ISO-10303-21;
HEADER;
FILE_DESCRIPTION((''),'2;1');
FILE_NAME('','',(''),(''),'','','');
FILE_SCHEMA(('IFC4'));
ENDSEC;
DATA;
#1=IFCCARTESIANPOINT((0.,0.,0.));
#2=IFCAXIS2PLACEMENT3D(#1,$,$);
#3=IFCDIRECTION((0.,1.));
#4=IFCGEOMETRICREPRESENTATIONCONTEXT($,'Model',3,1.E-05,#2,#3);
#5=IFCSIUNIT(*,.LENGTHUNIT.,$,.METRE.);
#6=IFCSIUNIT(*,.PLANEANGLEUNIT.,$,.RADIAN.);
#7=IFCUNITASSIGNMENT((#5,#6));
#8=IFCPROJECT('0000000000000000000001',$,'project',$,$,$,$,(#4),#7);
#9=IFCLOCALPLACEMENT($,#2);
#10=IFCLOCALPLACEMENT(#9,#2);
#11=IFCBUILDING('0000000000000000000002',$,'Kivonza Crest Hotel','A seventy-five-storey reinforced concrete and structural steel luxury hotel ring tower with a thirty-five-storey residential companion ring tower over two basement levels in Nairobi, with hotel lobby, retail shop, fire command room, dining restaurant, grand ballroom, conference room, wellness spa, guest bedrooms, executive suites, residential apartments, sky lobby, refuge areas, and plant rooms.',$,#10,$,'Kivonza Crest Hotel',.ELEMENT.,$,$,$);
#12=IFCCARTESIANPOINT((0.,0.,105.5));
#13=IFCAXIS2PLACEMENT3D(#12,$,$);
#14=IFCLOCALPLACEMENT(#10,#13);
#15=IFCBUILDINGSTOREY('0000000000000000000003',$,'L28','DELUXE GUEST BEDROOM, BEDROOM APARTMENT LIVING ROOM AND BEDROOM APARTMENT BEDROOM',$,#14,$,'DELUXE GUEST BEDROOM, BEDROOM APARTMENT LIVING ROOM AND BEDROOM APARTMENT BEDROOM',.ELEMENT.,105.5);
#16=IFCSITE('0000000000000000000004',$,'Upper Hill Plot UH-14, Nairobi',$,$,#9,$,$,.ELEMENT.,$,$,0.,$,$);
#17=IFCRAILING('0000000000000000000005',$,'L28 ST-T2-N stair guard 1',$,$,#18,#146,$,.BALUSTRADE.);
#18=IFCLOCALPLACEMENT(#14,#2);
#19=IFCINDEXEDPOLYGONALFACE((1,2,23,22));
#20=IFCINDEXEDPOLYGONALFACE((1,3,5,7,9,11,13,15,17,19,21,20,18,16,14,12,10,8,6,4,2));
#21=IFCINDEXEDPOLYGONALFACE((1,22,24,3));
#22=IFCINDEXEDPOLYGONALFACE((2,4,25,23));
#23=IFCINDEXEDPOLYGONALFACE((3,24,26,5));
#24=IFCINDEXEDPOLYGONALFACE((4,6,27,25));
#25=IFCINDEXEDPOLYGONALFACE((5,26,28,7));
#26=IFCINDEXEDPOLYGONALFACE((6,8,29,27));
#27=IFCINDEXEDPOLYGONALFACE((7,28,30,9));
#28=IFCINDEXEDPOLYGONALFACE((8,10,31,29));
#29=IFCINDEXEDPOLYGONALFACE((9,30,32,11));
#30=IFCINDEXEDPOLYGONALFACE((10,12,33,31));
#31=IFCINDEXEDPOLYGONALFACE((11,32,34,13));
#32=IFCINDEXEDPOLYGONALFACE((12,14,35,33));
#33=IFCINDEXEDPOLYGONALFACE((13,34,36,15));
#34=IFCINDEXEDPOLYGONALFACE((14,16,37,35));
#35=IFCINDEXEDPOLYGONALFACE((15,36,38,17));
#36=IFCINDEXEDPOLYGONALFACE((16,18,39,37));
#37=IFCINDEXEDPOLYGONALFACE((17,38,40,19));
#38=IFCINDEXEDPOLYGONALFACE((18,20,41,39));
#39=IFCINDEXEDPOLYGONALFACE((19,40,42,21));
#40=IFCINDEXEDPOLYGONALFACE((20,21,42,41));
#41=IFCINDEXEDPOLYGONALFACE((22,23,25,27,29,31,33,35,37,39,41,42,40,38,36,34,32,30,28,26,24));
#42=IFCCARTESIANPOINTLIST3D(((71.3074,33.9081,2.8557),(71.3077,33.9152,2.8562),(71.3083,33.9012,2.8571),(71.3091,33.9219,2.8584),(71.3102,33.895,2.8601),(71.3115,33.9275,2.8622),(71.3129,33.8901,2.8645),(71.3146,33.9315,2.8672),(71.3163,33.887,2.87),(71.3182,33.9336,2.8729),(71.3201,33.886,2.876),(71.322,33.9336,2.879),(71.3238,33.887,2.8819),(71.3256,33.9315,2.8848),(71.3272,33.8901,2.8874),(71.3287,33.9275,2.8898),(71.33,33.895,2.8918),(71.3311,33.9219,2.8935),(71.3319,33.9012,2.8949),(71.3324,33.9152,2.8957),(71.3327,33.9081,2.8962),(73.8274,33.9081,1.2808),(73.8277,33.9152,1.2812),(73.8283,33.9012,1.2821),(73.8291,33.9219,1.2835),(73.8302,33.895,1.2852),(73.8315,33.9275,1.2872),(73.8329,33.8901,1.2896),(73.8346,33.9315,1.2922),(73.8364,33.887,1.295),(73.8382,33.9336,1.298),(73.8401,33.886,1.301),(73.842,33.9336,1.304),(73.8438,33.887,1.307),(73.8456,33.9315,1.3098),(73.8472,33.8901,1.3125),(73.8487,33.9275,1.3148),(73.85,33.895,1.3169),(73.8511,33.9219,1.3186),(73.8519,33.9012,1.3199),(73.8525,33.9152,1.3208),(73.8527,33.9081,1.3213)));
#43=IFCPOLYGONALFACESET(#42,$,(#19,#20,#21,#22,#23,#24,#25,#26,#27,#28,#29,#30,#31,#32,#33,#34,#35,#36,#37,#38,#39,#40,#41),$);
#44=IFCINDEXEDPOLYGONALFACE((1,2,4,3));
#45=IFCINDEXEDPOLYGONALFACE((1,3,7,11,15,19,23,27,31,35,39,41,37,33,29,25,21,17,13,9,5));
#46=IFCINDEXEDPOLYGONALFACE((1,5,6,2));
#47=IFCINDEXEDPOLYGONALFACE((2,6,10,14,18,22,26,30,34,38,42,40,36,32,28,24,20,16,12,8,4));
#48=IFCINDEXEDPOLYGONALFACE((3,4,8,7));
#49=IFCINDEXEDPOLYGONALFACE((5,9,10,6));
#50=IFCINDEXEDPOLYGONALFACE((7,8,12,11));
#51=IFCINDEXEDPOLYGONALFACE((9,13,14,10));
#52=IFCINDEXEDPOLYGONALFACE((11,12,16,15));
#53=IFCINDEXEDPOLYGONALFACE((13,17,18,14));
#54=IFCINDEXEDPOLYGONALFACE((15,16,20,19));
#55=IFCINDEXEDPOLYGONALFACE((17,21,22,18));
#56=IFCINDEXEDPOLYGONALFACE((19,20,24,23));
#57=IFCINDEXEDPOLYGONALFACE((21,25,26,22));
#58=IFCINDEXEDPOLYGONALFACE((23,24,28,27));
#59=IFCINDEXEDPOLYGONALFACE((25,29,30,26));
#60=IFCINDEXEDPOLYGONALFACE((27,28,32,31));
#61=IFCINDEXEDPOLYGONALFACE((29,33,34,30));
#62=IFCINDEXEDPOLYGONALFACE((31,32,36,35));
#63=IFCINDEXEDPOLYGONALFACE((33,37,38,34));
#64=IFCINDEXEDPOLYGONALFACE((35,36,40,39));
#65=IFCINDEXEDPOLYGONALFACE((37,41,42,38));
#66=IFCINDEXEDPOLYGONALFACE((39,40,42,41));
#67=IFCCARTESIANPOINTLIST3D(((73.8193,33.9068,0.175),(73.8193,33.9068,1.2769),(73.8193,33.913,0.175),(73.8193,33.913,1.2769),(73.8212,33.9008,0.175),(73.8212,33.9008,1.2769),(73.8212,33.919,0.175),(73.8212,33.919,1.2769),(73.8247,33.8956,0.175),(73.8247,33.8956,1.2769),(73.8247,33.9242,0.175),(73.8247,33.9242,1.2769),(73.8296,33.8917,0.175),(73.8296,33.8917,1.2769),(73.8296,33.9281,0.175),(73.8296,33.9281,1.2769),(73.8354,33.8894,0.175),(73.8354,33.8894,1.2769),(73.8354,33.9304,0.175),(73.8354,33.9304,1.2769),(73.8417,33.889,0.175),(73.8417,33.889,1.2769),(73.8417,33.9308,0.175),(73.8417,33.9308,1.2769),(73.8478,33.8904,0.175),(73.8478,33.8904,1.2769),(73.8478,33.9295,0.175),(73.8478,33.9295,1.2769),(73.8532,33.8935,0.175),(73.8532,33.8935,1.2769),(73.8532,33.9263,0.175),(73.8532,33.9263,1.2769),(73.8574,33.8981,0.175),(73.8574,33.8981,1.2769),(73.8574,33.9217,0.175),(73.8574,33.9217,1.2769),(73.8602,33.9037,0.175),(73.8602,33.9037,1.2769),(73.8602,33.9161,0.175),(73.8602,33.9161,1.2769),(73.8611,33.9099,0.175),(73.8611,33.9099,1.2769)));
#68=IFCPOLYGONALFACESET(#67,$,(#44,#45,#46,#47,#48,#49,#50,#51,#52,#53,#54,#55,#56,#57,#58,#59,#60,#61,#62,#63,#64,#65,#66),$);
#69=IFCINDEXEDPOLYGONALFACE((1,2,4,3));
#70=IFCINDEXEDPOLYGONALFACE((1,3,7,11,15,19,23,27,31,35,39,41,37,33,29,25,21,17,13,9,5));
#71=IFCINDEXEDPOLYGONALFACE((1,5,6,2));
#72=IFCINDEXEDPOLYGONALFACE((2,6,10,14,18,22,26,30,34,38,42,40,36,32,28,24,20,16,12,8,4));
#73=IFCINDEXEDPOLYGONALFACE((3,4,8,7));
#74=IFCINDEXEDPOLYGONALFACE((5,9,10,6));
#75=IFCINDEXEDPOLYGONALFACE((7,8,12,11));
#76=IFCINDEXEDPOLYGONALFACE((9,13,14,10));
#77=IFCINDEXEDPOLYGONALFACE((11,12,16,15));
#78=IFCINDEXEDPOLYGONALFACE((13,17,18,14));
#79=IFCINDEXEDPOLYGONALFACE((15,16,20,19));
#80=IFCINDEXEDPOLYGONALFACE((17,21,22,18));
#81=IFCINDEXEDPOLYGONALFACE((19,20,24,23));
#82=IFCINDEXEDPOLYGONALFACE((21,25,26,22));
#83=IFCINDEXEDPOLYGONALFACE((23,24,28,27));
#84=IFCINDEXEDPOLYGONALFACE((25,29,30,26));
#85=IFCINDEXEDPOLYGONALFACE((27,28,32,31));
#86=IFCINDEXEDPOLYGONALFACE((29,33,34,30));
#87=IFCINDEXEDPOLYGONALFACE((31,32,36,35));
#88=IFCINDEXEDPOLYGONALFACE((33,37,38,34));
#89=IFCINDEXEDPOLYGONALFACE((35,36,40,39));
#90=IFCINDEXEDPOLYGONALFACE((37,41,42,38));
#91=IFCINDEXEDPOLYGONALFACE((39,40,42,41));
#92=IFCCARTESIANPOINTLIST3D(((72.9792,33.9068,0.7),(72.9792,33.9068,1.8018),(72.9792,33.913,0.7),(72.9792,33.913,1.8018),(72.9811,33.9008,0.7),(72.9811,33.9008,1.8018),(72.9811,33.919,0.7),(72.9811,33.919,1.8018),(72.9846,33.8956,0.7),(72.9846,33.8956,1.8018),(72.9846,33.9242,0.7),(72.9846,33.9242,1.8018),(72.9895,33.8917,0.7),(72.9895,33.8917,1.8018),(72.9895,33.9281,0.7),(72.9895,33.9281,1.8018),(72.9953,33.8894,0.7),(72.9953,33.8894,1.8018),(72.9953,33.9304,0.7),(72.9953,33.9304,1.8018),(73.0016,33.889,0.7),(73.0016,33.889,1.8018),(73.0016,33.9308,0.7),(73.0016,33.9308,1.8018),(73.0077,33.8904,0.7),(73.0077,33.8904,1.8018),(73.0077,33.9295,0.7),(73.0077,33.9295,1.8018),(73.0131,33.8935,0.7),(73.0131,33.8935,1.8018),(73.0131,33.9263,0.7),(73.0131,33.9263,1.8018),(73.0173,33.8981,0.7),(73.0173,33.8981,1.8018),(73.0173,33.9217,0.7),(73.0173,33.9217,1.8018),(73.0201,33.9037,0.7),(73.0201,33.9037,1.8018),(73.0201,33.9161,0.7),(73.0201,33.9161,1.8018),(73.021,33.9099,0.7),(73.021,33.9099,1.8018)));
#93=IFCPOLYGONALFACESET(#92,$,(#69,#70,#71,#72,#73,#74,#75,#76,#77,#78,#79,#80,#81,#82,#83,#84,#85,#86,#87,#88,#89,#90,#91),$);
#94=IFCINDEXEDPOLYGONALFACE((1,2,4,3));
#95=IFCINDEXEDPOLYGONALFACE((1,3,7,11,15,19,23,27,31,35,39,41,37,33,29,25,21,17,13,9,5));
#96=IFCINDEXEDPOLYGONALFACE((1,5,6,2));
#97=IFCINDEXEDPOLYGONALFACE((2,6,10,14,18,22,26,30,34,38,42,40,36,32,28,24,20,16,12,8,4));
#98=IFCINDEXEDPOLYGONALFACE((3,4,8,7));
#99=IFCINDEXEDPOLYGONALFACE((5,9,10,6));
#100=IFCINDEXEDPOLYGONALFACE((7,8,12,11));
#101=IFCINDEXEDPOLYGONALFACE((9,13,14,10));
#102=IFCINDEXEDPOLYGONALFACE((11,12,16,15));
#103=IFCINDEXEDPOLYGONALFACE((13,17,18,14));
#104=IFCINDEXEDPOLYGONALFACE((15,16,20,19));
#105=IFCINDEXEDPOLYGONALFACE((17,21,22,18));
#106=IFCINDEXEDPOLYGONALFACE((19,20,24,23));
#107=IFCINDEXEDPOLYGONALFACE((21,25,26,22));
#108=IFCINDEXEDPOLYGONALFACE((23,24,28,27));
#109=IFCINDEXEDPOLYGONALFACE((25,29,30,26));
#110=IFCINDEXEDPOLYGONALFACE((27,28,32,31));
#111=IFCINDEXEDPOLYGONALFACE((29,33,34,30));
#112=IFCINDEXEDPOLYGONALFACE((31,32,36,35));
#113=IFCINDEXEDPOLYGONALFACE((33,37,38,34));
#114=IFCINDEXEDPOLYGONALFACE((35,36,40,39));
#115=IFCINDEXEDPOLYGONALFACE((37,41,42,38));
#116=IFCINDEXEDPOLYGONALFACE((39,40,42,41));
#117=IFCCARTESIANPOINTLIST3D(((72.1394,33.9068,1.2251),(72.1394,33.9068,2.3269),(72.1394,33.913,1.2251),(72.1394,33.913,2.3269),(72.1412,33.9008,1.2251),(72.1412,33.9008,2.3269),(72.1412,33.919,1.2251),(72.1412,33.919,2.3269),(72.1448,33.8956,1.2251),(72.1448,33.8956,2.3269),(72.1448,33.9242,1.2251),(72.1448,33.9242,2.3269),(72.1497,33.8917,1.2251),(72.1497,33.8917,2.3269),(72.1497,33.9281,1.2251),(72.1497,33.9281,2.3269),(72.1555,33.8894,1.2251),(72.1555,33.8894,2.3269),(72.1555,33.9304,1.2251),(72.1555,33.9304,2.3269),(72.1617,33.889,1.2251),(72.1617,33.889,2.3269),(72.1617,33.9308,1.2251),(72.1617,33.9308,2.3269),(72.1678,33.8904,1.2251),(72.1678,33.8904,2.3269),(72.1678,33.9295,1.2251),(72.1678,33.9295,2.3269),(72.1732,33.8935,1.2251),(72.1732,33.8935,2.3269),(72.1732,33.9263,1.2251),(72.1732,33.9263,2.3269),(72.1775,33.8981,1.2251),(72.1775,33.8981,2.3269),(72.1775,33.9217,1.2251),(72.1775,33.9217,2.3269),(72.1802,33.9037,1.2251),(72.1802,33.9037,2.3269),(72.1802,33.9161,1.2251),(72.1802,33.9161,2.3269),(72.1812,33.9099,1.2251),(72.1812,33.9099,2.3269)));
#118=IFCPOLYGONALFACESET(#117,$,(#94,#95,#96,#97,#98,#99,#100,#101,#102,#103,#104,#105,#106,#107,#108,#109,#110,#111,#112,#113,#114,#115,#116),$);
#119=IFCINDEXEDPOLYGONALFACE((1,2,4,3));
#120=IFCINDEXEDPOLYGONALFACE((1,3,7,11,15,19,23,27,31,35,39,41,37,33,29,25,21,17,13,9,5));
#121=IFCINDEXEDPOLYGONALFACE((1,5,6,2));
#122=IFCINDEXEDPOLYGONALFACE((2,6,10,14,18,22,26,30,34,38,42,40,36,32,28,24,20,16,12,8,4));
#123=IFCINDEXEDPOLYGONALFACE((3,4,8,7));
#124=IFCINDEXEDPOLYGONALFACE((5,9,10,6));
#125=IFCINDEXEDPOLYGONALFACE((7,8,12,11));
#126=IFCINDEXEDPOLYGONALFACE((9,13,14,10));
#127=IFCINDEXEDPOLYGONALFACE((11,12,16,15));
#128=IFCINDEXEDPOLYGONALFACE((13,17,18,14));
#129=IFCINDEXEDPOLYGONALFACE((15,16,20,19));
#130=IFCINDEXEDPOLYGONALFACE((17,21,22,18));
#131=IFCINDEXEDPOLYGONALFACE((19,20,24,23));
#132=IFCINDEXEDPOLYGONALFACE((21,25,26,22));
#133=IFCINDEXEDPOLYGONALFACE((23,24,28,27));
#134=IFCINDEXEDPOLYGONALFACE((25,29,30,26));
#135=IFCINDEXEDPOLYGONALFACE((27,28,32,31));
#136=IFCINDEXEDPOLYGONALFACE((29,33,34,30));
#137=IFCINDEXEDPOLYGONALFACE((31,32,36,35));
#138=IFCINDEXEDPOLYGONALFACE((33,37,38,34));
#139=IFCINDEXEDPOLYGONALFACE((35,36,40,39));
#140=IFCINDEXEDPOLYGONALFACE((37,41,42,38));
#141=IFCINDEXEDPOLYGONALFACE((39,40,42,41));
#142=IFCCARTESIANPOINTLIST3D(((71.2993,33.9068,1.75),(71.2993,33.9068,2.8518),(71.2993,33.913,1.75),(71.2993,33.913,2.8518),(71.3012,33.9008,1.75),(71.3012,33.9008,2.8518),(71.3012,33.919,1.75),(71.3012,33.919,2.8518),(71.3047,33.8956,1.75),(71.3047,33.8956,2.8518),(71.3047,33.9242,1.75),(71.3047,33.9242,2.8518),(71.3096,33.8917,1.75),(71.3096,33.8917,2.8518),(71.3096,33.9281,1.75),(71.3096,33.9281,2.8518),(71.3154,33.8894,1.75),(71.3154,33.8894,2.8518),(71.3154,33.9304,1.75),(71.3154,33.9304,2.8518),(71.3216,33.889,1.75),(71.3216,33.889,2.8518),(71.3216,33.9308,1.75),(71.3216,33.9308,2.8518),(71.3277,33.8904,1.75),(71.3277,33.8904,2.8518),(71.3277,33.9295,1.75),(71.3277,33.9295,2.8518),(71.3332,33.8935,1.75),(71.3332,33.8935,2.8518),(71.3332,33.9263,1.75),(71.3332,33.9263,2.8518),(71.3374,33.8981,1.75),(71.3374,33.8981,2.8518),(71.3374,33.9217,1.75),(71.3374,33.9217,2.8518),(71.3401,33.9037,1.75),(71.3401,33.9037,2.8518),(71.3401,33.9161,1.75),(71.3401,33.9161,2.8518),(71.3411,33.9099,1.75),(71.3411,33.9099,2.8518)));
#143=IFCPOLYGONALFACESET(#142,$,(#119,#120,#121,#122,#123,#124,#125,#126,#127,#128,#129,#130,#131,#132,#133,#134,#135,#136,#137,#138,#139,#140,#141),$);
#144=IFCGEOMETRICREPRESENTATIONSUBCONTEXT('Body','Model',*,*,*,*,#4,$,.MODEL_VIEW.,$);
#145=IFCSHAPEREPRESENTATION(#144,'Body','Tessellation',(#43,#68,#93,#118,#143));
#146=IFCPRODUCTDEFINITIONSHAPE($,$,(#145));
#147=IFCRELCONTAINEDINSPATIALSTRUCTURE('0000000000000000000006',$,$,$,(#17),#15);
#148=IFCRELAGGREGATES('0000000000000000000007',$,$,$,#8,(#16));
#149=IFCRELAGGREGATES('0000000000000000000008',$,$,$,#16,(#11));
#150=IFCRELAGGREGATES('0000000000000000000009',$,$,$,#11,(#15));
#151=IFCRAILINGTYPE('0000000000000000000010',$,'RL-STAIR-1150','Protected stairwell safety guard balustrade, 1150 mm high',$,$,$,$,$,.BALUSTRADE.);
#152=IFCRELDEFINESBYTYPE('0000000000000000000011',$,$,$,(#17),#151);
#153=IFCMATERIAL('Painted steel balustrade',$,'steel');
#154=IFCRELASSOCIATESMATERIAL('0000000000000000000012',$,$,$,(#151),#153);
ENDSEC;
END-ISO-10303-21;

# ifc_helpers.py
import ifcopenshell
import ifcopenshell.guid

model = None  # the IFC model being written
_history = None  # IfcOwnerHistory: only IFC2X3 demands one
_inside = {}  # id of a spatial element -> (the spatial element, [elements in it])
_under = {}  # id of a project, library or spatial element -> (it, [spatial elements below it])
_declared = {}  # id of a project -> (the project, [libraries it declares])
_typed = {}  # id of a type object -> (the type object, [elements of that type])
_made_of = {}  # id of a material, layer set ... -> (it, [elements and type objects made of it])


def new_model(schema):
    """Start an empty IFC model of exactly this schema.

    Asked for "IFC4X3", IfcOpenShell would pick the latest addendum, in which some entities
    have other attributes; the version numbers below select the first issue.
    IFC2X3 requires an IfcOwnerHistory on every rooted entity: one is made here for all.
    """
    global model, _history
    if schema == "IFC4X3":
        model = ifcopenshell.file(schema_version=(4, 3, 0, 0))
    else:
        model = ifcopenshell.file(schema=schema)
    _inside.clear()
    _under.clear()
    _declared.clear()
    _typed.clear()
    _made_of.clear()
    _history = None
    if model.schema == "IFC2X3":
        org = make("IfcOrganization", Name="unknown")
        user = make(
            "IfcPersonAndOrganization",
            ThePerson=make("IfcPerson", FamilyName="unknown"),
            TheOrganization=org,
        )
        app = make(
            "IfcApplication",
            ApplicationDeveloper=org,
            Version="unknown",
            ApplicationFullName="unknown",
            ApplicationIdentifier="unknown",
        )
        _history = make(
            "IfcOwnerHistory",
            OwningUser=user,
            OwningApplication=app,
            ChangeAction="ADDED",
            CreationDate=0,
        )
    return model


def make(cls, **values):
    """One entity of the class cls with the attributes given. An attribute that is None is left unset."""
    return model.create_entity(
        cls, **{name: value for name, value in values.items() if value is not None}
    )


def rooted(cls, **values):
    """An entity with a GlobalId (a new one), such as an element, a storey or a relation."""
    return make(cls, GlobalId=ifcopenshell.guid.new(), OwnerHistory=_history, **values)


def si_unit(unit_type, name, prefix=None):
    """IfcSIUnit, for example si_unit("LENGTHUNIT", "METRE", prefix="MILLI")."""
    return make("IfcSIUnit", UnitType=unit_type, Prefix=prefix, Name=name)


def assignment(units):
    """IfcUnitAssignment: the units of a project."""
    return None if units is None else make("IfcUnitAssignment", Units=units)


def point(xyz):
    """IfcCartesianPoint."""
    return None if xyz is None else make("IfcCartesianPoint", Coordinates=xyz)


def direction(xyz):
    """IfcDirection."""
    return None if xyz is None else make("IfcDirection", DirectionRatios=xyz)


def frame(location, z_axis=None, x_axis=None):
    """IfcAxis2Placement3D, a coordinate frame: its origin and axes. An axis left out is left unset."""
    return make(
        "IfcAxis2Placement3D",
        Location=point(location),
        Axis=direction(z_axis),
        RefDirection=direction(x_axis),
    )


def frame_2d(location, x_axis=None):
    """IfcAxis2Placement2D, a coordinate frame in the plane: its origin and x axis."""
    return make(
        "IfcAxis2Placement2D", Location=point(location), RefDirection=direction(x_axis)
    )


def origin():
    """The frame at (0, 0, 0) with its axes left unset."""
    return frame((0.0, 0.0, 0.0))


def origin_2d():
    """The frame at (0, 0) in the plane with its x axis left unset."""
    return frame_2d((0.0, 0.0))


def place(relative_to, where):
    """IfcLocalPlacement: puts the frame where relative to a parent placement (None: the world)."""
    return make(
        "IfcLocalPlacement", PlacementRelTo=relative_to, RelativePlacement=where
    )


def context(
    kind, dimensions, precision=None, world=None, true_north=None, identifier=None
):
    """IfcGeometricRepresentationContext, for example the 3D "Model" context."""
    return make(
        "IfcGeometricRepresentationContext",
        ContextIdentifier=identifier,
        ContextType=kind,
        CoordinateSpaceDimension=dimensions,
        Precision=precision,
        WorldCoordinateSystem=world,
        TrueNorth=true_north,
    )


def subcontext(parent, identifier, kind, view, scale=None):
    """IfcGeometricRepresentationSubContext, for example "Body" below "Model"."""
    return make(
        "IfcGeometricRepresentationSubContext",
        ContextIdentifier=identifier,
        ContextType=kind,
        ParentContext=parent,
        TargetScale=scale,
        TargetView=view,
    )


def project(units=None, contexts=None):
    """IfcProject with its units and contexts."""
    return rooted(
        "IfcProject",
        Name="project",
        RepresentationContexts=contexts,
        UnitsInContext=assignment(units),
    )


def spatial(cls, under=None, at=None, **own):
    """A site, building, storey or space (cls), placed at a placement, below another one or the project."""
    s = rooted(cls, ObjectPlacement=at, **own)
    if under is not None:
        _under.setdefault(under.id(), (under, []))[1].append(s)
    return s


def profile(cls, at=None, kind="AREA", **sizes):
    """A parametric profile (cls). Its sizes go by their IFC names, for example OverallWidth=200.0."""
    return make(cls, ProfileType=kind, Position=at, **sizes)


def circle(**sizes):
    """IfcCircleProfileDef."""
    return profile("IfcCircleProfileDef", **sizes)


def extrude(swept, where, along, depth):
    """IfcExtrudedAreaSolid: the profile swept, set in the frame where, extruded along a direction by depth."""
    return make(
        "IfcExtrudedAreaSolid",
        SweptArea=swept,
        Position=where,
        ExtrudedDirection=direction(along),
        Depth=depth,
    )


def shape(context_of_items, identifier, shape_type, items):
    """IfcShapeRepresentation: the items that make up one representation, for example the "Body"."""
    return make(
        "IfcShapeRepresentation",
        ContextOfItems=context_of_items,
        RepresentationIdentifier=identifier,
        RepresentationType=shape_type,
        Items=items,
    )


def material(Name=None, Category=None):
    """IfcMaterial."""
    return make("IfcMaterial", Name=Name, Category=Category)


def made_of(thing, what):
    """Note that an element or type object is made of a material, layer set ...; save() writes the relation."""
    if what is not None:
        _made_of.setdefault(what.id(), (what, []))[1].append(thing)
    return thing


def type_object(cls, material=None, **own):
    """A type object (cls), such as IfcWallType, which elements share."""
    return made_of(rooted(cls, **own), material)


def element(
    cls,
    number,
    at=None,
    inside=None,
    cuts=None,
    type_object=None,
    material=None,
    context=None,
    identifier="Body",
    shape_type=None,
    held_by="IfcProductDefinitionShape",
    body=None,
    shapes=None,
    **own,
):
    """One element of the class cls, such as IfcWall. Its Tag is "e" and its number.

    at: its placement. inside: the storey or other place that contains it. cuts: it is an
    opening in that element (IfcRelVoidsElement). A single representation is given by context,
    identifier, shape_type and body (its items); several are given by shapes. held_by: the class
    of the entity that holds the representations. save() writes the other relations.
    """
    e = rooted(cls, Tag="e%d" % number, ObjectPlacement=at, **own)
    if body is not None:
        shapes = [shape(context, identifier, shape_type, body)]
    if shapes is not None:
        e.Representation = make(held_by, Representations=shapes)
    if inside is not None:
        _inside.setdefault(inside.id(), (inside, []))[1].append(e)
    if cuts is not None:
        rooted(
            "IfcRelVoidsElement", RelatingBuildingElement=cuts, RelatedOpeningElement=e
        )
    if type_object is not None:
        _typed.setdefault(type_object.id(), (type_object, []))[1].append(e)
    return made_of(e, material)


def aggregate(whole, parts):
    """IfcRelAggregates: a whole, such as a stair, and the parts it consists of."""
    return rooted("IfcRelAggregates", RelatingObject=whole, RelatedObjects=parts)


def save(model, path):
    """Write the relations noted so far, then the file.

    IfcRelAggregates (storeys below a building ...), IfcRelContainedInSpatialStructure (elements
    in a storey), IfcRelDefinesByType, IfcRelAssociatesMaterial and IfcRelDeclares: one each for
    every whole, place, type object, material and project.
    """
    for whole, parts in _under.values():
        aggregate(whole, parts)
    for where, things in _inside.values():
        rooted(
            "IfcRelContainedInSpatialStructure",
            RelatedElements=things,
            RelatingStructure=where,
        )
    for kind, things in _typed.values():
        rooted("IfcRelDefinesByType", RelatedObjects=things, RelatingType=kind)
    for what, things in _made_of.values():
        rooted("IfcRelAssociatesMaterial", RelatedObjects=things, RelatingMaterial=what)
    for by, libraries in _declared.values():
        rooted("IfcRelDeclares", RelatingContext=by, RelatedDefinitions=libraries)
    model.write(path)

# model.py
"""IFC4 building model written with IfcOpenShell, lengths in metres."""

from ifc_helpers import new_model, si_unit, direction, frame, origin, origin_2d, place, context, subcontext, project, spatial, circle, extrude, material, type_object, element, save


model = new_model("IFC4")

# Units and contexts
model_context = context("Model", 3, precision=1e-05, world=origin(), true_north=direction((0.0, 1.0)))
body_context = subcontext(model_context, "Body", "Model", "MODEL_VIEW")
ifc_project = project(units=[si_unit("LENGTHUNIT", "METRE"), si_unit("PLANEANGLEUNIT", "RADIAN")], contexts=[model_context])

# Site, building, storey
site_placement = place(None, origin())
site = spatial("IfcSite", under=ifc_project, at=site_placement, Name="Upper Hill Plot UH-14, Nairobi", CompositionType="ELEMENT", RefElevation=0.0)
building_placement = place(site_placement, origin())
building = spatial("IfcBuilding", under=site, at=building_placement, Name="Kivonza Crest Hotel", Description="A seventy-five-storey reinforced concrete and structural steel luxury hotel ring tower with a thirty-five-storey residential companion ring tower over two basement levels in Nairobi, with hotel lobby, retail shop, fire command room, dining restaurant, grand ballroom, conference room, wellness spa, guest bedrooms, executive suites, residential apartments, sky lobby, refuge areas, and plant rooms.", LongName="Kivonza Crest Hotel", CompositionType="ELEMENT")
storey_placement = place(building_placement, frame((0.0, 0.0, 105.5)))
storey = spatial("IfcBuildingStorey", under=building, at=storey_placement, Name="L28", Description="DELUXE GUEST BEDROOM, BEDROOM APARTMENT LIVING ROOM AND BEDROOM APARTMENT BEDROOM", LongName="DELUXE GUEST BEDROOM, BEDROOM APARTMENT LIVING ROOM AND BEDROOM APARTMENT BEDROOM", CompositionType="ELEMENT", Elevation=105.5)

# Railing
ifc_material_1 = material(Name="Painted steel balustrade", Category="steel")
railing_type_1 = type_object("IfcRailingType", Name="RL-STAIR-1150", Description="Protected stairwell safety guard balustrade, 1150 mm high", PredefinedType="BALUSTRADE", material=ifc_material_1)
railing_1_placement = place(storey_placement, frame((73.8401, 33.9099, 0.175)))
element("IfcRailing", 1, at=railing_1_placement, inside=storey, type_object=railing_type_1, Name="L28 ST-T2-N stair guard 1", PredefinedType="BALUSTRADE", context=body_context, shape_type="SweptSolid", body=[
    extrude(circle(Radius=0.0239, at=origin_2d()), frame((0.0, 0.0, 1.126), z_axis=(-0.848008, 0.0, 0.529984), x_axis=(0.0, -1.0, 0.0)), (0.0, 0.0, 1.0), 2.9717),
    extrude(circle(Radius=0.021, at=origin_2d()), origin(), (0.0, 0.0, 1.0), 1.1018),
    extrude(circle(Radius=0.021, at=origin_2d()), frame((-0.8401, 0.0, 0.5249)), (0.0, 0.0, 1.0), 1.1018),
    extrude(circle(Radius=0.021, at=origin_2d()), frame((-1.6799, 0.0, 1.05)), (0.0, 0.0, 1.0), 1.1018),
    extrude(circle(Radius=0.021, at=origin_2d()), frame((-2.52, 0.0, 1.575)), (0.0, 0.0, 1.0), 1.1018),
])

save(model, "model.ifc")
